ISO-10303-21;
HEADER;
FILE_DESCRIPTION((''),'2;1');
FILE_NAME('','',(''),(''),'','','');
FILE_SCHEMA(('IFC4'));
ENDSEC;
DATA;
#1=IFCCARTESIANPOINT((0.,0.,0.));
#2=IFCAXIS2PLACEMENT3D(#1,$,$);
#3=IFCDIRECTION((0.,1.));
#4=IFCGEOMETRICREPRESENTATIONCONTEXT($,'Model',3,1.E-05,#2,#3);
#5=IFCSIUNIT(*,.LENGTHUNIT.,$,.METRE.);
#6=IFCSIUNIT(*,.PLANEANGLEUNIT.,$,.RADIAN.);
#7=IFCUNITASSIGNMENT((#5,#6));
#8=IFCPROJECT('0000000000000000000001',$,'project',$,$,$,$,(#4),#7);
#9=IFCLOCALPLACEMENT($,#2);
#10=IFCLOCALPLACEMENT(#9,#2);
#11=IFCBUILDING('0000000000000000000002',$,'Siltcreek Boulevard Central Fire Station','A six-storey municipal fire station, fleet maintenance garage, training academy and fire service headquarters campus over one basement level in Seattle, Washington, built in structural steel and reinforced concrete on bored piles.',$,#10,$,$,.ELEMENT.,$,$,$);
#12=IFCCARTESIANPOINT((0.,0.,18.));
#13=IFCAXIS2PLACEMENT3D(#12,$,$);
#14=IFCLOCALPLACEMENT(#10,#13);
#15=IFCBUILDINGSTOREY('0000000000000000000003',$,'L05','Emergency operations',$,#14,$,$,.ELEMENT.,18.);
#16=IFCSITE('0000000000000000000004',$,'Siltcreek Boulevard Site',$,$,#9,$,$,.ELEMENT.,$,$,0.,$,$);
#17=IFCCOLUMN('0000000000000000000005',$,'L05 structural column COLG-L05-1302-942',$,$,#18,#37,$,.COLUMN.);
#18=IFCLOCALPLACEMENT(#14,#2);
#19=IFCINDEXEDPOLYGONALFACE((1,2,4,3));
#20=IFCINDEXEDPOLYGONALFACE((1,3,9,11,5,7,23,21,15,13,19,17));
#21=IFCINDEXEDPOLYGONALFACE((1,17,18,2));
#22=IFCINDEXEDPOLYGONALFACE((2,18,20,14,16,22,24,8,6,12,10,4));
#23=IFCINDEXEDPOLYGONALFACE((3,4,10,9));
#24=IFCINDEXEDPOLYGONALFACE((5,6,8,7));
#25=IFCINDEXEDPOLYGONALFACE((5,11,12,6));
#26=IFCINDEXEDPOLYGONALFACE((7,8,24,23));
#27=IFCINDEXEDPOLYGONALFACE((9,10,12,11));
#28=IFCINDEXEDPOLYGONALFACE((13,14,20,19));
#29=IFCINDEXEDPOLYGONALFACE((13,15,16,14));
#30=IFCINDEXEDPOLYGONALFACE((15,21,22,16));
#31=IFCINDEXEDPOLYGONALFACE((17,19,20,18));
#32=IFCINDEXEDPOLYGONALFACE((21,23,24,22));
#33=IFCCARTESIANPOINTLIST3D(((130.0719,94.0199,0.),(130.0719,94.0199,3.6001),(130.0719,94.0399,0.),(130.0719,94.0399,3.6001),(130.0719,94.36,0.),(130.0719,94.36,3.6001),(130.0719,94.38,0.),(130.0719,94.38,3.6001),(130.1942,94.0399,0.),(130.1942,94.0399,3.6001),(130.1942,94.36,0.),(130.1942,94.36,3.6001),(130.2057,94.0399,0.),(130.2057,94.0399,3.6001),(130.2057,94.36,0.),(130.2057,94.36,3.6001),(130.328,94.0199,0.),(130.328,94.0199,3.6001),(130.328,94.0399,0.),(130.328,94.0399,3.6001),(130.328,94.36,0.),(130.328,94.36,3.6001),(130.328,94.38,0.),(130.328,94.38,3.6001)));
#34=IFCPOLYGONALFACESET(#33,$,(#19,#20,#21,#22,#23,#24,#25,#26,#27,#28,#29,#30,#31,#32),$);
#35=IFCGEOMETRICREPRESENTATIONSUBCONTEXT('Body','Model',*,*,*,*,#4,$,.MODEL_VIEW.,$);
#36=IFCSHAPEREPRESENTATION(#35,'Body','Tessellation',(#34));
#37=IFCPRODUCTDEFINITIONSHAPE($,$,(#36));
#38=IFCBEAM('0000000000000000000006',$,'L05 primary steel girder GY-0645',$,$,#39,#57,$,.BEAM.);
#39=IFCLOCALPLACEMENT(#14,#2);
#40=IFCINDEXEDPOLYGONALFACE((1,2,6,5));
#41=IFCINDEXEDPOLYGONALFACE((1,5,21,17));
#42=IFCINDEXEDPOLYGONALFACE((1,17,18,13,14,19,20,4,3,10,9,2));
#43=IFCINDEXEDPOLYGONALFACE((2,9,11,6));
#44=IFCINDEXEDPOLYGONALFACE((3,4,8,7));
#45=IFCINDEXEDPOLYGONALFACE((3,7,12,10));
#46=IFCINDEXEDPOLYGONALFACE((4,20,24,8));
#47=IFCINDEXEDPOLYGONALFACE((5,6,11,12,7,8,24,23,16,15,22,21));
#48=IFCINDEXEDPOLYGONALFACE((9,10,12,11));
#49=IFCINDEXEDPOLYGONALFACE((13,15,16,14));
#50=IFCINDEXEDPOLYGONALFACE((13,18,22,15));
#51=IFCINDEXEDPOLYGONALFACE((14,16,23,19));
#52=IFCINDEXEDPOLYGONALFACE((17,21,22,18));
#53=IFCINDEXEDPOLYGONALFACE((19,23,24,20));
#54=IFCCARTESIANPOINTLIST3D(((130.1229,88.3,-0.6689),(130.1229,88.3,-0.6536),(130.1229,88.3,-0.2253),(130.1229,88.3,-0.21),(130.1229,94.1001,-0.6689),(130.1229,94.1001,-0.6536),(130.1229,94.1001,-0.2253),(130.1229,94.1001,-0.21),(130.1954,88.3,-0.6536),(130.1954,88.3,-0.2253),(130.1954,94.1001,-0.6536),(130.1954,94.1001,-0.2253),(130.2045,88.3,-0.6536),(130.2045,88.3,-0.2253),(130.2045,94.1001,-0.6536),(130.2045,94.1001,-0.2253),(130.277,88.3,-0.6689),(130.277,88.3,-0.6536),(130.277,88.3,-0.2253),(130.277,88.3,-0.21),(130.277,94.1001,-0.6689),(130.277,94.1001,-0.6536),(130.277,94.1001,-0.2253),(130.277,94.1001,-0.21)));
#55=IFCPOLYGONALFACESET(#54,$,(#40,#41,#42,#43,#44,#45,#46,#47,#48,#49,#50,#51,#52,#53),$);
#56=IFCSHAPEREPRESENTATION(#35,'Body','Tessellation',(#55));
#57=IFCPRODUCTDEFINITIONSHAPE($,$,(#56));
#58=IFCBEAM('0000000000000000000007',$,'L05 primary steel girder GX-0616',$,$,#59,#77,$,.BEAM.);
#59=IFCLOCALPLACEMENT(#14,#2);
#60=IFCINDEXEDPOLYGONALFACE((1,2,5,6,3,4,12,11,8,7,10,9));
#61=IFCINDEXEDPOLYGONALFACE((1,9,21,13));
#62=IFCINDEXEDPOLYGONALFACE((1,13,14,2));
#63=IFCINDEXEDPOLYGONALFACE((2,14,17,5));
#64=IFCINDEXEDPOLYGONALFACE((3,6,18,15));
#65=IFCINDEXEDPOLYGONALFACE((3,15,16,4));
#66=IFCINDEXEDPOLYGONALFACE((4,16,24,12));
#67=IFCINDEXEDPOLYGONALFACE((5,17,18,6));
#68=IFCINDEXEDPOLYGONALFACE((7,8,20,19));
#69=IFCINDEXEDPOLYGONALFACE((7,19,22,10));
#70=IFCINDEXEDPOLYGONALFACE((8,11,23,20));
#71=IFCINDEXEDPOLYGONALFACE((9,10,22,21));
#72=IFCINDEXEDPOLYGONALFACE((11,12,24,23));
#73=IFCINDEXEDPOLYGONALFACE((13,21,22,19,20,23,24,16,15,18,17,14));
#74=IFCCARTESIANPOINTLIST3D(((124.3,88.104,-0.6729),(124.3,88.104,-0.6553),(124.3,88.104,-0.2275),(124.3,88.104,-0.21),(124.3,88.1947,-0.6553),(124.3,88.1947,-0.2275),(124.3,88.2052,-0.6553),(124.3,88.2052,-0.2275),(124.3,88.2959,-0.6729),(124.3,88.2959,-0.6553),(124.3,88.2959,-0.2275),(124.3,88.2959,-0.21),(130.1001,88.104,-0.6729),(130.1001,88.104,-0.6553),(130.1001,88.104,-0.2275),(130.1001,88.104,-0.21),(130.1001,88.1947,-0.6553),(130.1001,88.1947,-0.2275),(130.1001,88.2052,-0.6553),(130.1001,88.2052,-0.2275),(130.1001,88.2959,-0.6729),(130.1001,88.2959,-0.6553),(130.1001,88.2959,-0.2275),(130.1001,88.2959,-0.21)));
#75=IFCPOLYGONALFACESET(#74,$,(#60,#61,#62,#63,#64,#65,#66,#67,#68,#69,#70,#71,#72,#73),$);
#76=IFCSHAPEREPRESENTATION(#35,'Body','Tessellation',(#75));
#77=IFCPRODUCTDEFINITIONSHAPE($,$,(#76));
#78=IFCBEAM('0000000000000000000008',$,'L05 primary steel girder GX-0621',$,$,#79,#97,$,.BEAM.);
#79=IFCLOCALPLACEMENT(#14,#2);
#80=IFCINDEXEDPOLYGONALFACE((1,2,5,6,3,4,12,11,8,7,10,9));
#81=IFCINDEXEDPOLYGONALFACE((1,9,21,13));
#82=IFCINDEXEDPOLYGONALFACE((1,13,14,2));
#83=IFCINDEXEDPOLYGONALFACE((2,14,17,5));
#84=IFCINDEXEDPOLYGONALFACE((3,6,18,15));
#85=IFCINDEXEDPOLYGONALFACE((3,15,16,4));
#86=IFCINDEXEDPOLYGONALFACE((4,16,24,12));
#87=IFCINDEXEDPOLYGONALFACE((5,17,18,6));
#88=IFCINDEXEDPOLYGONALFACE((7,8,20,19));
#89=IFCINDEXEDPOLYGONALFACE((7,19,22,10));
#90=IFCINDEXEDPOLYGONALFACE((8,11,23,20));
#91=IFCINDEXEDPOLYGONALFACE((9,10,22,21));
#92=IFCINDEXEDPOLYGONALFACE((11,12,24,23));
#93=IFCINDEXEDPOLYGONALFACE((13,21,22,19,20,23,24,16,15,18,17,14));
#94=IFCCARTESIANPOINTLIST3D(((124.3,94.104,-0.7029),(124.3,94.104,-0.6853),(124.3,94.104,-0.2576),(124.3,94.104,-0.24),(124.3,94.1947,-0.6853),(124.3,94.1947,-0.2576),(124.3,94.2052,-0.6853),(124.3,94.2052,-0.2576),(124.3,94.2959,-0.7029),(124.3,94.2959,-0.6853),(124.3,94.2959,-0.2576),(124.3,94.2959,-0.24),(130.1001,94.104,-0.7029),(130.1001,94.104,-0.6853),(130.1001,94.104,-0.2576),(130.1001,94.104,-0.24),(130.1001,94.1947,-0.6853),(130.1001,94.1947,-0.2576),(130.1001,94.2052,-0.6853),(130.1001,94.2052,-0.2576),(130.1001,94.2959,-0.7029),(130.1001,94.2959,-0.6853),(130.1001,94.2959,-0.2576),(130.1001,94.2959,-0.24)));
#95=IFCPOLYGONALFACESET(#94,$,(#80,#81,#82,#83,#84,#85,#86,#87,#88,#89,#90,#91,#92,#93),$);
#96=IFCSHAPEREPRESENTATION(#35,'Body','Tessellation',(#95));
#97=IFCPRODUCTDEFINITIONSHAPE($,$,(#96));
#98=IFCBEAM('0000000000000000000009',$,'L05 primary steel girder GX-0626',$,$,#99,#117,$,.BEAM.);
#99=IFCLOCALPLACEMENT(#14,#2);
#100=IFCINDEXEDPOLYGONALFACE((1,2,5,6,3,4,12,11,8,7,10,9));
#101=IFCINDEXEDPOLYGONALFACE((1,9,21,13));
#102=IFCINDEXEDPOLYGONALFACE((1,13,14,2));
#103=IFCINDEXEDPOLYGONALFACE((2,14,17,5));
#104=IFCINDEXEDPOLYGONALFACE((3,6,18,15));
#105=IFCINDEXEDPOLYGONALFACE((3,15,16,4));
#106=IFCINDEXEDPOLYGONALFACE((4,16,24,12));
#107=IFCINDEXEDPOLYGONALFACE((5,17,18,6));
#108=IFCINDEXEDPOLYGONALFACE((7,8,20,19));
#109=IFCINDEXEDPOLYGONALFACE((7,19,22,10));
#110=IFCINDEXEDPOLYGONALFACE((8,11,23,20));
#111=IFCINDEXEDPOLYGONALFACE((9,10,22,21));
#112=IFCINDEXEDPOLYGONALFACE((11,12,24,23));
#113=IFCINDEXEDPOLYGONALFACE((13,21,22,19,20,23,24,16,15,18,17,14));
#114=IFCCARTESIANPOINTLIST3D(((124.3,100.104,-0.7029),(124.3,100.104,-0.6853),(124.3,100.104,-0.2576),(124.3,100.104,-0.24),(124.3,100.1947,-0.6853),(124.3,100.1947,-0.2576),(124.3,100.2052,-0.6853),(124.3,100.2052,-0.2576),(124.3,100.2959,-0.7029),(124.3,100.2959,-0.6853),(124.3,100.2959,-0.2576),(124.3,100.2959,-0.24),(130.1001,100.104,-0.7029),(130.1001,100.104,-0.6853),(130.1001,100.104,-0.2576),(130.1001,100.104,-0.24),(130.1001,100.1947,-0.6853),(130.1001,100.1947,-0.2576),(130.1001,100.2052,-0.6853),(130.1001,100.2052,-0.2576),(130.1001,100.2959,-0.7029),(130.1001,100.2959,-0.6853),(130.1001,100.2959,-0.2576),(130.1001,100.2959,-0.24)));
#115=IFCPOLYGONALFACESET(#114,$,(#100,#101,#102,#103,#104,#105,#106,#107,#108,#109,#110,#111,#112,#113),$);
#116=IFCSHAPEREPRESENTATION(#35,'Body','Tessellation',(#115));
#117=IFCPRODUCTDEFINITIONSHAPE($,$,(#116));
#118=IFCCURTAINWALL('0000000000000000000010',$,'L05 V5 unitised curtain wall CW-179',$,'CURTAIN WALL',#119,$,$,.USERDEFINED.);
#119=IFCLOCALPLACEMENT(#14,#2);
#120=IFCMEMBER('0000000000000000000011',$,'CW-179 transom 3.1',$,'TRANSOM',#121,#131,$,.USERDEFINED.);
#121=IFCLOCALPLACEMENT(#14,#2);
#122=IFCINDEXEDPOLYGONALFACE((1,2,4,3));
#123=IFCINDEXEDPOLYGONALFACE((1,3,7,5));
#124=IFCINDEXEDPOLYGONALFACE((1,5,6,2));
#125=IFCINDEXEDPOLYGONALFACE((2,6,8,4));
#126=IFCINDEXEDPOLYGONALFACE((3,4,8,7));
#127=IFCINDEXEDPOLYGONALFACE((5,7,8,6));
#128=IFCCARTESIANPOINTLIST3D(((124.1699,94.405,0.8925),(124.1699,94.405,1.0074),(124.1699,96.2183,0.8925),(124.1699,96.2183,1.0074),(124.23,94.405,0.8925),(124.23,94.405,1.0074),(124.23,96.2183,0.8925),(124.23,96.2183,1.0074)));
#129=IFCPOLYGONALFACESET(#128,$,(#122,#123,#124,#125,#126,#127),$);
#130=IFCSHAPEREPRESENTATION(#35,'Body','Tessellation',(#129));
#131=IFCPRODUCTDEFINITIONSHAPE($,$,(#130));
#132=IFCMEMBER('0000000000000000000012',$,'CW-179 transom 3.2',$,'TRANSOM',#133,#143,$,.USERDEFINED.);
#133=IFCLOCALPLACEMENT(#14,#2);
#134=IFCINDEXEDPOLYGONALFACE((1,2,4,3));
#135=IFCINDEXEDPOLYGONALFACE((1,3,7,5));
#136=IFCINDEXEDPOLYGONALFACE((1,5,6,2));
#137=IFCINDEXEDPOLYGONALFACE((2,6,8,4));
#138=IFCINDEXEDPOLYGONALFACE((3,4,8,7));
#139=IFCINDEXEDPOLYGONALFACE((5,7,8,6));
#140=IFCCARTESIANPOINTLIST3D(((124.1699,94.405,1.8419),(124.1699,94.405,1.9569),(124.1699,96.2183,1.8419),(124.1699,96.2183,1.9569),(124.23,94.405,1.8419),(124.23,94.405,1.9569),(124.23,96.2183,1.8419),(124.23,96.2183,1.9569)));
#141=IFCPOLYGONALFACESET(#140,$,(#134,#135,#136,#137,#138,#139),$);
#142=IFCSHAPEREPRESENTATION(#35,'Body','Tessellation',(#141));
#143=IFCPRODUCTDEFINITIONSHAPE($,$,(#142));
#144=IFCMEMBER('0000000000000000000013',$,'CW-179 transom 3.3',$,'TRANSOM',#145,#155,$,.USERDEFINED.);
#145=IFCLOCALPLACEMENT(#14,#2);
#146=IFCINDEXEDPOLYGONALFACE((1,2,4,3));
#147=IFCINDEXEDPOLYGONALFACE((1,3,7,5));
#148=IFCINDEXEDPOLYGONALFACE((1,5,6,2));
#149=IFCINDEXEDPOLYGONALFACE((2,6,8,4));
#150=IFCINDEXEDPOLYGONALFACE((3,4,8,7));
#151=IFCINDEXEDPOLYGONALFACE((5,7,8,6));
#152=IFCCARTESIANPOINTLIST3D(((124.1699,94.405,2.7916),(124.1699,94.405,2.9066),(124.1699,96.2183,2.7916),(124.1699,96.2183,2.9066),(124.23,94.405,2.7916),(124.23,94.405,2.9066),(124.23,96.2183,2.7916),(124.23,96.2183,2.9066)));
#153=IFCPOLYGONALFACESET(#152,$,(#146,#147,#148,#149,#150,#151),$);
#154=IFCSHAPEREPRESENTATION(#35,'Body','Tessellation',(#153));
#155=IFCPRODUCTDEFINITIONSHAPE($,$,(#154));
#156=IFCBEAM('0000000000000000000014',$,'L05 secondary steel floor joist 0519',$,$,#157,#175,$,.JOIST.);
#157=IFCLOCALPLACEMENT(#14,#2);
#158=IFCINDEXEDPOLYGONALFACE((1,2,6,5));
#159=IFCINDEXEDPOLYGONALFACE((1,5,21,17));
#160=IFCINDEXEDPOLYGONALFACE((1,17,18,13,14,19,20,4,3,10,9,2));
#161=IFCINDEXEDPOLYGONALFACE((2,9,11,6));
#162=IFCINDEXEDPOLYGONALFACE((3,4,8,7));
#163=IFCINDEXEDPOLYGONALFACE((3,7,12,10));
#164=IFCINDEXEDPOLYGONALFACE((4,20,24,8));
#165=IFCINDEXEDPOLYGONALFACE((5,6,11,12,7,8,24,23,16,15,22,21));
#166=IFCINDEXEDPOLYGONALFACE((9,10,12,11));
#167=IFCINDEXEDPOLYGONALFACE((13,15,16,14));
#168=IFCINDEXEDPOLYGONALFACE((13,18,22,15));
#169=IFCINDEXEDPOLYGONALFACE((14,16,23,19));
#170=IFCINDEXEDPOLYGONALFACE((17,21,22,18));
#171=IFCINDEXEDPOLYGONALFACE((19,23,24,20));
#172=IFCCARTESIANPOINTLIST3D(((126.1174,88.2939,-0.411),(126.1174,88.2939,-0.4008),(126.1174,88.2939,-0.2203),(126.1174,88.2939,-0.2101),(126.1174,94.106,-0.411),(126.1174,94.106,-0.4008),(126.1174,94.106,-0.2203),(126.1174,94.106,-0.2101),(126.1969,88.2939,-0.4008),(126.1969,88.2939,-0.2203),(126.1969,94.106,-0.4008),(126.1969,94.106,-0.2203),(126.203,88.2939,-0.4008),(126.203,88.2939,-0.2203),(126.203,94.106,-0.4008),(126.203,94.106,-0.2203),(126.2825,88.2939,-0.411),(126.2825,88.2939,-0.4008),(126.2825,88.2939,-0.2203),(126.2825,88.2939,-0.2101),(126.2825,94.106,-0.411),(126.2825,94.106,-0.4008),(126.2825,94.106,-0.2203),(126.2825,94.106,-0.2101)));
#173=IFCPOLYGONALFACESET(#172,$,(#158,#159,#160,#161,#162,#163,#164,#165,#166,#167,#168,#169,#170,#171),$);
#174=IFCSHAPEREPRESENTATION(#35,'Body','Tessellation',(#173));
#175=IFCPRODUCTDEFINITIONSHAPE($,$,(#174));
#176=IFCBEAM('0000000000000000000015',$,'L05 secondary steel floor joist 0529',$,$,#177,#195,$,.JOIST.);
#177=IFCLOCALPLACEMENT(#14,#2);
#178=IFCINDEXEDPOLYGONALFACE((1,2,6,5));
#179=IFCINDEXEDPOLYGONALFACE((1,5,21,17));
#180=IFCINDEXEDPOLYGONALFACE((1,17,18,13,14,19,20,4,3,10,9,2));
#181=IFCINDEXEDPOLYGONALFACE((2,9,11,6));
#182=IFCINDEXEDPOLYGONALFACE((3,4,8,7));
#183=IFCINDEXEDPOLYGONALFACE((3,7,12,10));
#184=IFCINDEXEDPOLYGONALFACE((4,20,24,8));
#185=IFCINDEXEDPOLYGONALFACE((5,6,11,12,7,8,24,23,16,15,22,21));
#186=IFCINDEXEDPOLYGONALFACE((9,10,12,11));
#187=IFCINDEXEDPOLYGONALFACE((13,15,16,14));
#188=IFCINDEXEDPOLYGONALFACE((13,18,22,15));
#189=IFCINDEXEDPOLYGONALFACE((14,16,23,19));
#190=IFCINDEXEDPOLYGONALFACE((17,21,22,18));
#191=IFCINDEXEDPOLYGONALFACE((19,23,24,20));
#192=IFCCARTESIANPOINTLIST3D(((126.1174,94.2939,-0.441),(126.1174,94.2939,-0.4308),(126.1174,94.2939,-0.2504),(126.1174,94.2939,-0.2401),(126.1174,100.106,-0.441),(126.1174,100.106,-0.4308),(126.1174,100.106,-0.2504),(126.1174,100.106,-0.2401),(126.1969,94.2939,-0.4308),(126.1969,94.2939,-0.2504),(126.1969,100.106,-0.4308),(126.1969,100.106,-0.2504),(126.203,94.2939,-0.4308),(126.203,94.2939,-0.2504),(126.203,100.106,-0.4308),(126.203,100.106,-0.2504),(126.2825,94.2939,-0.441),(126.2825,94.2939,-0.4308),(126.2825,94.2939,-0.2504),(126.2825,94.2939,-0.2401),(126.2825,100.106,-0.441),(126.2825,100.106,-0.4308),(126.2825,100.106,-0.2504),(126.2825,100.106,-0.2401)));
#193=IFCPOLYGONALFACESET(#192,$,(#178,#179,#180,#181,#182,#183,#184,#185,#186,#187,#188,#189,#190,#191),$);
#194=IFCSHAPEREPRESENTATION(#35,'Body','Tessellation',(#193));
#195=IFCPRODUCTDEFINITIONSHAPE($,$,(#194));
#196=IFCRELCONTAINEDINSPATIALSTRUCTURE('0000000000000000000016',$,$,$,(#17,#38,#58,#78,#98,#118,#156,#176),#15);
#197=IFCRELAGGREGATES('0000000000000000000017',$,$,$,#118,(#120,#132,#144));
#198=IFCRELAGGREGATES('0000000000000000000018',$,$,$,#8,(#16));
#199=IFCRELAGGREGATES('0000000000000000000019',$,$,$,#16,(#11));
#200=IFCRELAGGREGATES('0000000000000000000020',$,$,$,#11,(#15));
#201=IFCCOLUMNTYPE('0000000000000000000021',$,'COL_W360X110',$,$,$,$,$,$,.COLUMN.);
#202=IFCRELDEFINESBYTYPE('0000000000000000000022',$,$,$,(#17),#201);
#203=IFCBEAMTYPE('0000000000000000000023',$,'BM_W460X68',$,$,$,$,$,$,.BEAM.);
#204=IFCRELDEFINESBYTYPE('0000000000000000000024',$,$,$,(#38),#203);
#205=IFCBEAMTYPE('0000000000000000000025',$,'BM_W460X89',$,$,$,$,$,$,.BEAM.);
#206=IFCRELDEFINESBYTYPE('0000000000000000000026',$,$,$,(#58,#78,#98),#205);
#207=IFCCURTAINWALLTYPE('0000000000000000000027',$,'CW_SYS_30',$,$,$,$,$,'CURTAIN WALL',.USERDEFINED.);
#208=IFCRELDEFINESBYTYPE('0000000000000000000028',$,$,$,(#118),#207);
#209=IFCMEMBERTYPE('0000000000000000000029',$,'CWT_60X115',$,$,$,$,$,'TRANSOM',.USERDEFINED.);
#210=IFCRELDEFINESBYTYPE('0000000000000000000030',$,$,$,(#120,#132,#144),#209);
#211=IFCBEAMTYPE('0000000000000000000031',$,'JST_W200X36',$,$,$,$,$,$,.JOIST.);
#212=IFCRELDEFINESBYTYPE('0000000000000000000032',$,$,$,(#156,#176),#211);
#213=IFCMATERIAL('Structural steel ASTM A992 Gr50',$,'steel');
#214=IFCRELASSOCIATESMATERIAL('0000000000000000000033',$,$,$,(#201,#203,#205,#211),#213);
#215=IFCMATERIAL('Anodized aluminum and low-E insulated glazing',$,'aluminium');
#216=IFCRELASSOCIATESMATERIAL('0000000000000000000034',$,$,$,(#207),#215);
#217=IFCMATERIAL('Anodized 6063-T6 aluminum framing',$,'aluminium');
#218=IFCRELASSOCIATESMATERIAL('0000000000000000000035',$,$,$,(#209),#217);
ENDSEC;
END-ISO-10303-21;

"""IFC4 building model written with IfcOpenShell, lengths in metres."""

from ifc_helpers import new_model, si_unit, direction, frame, origin, origin_2d, place, context, subcontext, project, spatial, rectangle, i_section, extrude, material, material_profile, profile_set, type_object, element, aggregate, save


model = new_model("IFC4")

# Units and contexts
model_context = context("Model", 3, precision=1e-05, world=origin(), true_north=direction((0.0, 1.0)))
body_context = subcontext(model_context, "Body", "Model", "MODEL_VIEW")
ifc_project = project(units=[si_unit("LENGTHUNIT", "METRE"), si_unit("PLANEANGLEUNIT", "RADIAN")], contexts=[model_context])

# Site, building, storey
site_placement = place(None, origin())
site = spatial("IfcSite", under=ifc_project, at=site_placement, Name="Siltcreek Boulevard Site", CompositionType="ELEMENT", RefElevation=0.0)
building_placement = place(site_placement, origin())
building = spatial("IfcBuilding", under=site, at=building_placement, Name="Siltcreek Boulevard Central Fire Station", Description="A six-storey municipal fire station, fleet maintenance garage, training academy and fire service headquarters campus over one basement level in Seattle, Washington, built in structural steel and reinforced concrete on bored piles.", CompositionType="ELEMENT")
storey_placement = place(building_placement, frame((0.0, 0.0, 18.0)))
storey = spatial("IfcBuildingStorey", under=building, at=storey_placement, Name="L05", Description="Emergency operations", CompositionType="ELEMENT", Elevation=18.0)

# Column
ifc_material_1 = material(Name="Structural steel ASTM A992 Gr50", Category="steel")
ifc_material_profile_1 = material_profile(ifc_material_1, i_section(OverallWidth=0.2561, OverallDepth=0.3601, WebThickness=0.0115, FlangeThickness=0.02, at=origin_2d()), Name="W360X110")
ifc_profile_set_1 = profile_set([ifc_material_profile_1], Name="Structural steel ASTM A992 Gr50")
column_type = type_object("IfcColumnType", Name="COL_W360X110", PredefinedType="COLUMN", material=ifc_profile_set_1)
column_placement = place(storey_placement, frame((130.2, 94.2, 0.0), z_axis=(0.0, 0.0, 1.0), x_axis=(1.0, 0.0, 0.0)))
element("IfcColumn", 1, at=column_placement, inside=storey, type_object=column_type, Name="L05 structural column COLG-L05-1302-942", PredefinedType="COLUMN", context=body_context, shape_type="SweptSolid", body=[
    extrude(i_section(OverallWidth=0.2561, OverallDepth=0.3601, WebThickness=0.0115, FlangeThickness=0.02, at=origin_2d()), origin(), (0.0, 0.0, 1.0), 3.6001),
])

# Beams
ifc_material_profile_2 = material_profile(ifc_material_1, i_section(OverallWidth=0.1541, OverallDepth=0.459, WebThickness=0.009, FlangeThickness=0.0154, at=origin_2d()), Name="W460X68")
ifc_profile_set_2 = profile_set([ifc_material_profile_2], Name="Structural steel ASTM A992 Gr50")
beam_type_1 = type_object("IfcBeamType", Name="BM_W460X68", PredefinedType="BEAM", material=ifc_profile_set_2)
beam_placement = place(storey_placement, frame((130.2, 88.3, -0.4395), z_axis=(0.0, 1.0, 0.0), x_axis=(-1.0, 0.0, 0.0)))
element("IfcBeam", 2, at=beam_placement, inside=storey, type_object=beam_type_1, Name="L05 primary steel girder GY-0645", PredefinedType="BEAM", context=body_context, shape_type="SweptSolid", body=[
    extrude(i_section(OverallWidth=0.1541, OverallDepth=0.459, WebThickness=0.009, FlangeThickness=0.0154, at=origin_2d()), origin(), (0.0, 0.0, 1.0), 5.8),
])
ifc_material_profile_3 = material_profile(ifc_material_1, i_section(OverallWidth=0.1919, OverallDepth=0.4629, WebThickness=0.0105, FlangeThickness=0.0176, at=origin_2d()), Name="W460X89")
ifc_profile_set_3 = profile_set([ifc_material_profile_3], Name="Structural steel ASTM A992 Gr50")
beam_type_2 = type_object("IfcBeamType", Name="BM_W460X89", PredefinedType="BEAM", material=ifc_profile_set_3)
for number, where, z_axis, x_axis, name in (
    (3, (124.3, 88.2, -0.4414), (1.0, 0.0, 0.0), (0.0, 1.0, 0.0), "L05 primary steel girder GX-0616"),
    (4, (124.3, 94.2, -0.4714), (1.0, 0.0, 0.0), (0.0, 1.0, 0.0), "L05 primary steel girder GX-0621"),
    (5, (124.3, 100.2, -0.4714), (1.0, 0.0, 0.0), (0.0, 1.0, 0.0), "L05 primary steel girder GX-0626"),
):
    element("IfcBeam", number, at=place(storey_placement, frame(where, z_axis=z_axis, x_axis=x_axis)), inside=storey, type_object=beam_type_2, Name=name, PredefinedType="BEAM", context=body_context, shape_type="SweptSolid", body=[
        extrude(i_section(OverallWidth=0.1919, OverallDepth=0.4629, WebThickness=0.0105, FlangeThickness=0.0176, at=origin_2d()), origin(), (0.0, 0.0, 1.0), 5.8),
    ])

# Curtain wall, members
ifc_material_2 = material(Name="Anodized aluminum and low-E insulated glazing", Category="aluminium")
curtain_wall_type = type_object("IfcCurtainWallType", Name="CW_SYS_30", ElementType="CURTAIN WALL", PredefinedType="USERDEFINED", material=ifc_material_2)
curtain_wall_placement = place(storey_placement, origin())
curtain_wall = element("IfcCurtainWall", 6, at=curtain_wall_placement, inside=storey, type_object=curtain_wall_type, Name="L05 V5 unitised curtain wall CW-179", ObjectType="CURTAIN WALL", PredefinedType="USERDEFINED")
ifc_material_3 = material(Name="Anodized 6063-T6 aluminum framing", Category="aluminium")
ifc_material_profile_4 = material_profile(ifc_material_3, rectangle(XDim=0.0601, YDim=0.115, at=origin_2d()), Name="TRAN60X115")
ifc_profile_set_4 = profile_set([ifc_material_profile_4], Name="Anodized 6063-T6 aluminum framing")
member_type = type_object("IfcMemberType", Name="CWT_60X115", ElementType="TRANSOM", PredefinedType="USERDEFINED", material=ifc_profile_set_4)
member_1_placement = place(storey_placement, frame((124.2, 96.2183, 0.95), z_axis=(0.0, -1.0, 0.0), x_axis=(1.0, 0.0, 0.0)))
member_1 = element("IfcMember", 7, at=member_1_placement, type_object=member_type, Name="CW-179 transom 3.1", ObjectType="TRANSOM", PredefinedType="USERDEFINED", context=body_context, shape_type="SweptSolid", body=[
    extrude(rectangle(XDim=0.0601, YDim=0.115, at=origin_2d()), origin(), (0.0, 0.0, 1.0), 1.8132),
])
member_2_placement = place(storey_placement, frame((124.2, 96.2183, 1.8994), z_axis=(0.0, -1.0, 0.0), x_axis=(1.0, 0.0, 0.0)))
member_2 = element("IfcMember", 8, at=member_2_placement, type_object=member_type, Name="CW-179 transom 3.2", ObjectType="TRANSOM", PredefinedType="USERDEFINED", context=body_context, shape_type="SweptSolid", body=[
    extrude(rectangle(XDim=0.0601, YDim=0.115, at=origin_2d()), origin(), (0.0, 0.0, 1.0), 1.8132),
])
member_3_placement = place(storey_placement, frame((124.2, 96.2183, 2.8491), z_axis=(0.0, -1.0, 0.0), x_axis=(1.0, 0.0, 0.0)))
member_3 = element("IfcMember", 9, at=member_3_placement, type_object=member_type, Name="CW-179 transom 3.3", ObjectType="TRANSOM", PredefinedType="USERDEFINED", context=body_context, shape_type="SweptSolid", body=[
    extrude(rectangle(XDim=0.0601, YDim=0.115, at=origin_2d()), origin(), (0.0, 0.0, 1.0), 1.8132),
])

# Beams
ifc_material_profile_5 = material_profile(ifc_material_1, i_section(OverallWidth=0.165, OverallDepth=0.2009, WebThickness=0.0061, FlangeThickness=0.0103, at=origin_2d()), Name="W200X36")
ifc_profile_set_5 = profile_set([ifc_material_profile_5], Name="Structural steel ASTM A992 Gr50")
beam_type_3 = type_object("IfcBeamType", Name="JST_W200X36", PredefinedType="JOIST", material=ifc_profile_set_5)
for number, where, z_axis, x_axis, name in (
    (10, (126.2, 88.2939, -0.3105), (0.0, 1.0, 0.0), (-1.0, 0.0, 0.0), "L05 secondary steel floor joist 0519"),
    (11, (126.2, 94.2939, -0.3406), (0.0, 1.0, 0.0), (-1.0, 0.0, 0.0), "L05 secondary steel floor joist 0529"),
):
    element("IfcBeam", number, at=place(storey_placement, frame(where, z_axis=z_axis, x_axis=x_axis)), inside=storey, type_object=beam_type_3, Name=name, PredefinedType="JOIST", context=body_context, shape_type="SweptSolid", body=[
        extrude(i_section(OverallWidth=0.165, OverallDepth=0.2009, WebThickness=0.0061, FlangeThickness=0.0103, at=origin_2d()), origin(), (0.0, 0.0, 1.0), 5.812),
    ])

aggregate(curtain_wall, [member_1, member_2, member_3])

save(model, "model.ifc")
